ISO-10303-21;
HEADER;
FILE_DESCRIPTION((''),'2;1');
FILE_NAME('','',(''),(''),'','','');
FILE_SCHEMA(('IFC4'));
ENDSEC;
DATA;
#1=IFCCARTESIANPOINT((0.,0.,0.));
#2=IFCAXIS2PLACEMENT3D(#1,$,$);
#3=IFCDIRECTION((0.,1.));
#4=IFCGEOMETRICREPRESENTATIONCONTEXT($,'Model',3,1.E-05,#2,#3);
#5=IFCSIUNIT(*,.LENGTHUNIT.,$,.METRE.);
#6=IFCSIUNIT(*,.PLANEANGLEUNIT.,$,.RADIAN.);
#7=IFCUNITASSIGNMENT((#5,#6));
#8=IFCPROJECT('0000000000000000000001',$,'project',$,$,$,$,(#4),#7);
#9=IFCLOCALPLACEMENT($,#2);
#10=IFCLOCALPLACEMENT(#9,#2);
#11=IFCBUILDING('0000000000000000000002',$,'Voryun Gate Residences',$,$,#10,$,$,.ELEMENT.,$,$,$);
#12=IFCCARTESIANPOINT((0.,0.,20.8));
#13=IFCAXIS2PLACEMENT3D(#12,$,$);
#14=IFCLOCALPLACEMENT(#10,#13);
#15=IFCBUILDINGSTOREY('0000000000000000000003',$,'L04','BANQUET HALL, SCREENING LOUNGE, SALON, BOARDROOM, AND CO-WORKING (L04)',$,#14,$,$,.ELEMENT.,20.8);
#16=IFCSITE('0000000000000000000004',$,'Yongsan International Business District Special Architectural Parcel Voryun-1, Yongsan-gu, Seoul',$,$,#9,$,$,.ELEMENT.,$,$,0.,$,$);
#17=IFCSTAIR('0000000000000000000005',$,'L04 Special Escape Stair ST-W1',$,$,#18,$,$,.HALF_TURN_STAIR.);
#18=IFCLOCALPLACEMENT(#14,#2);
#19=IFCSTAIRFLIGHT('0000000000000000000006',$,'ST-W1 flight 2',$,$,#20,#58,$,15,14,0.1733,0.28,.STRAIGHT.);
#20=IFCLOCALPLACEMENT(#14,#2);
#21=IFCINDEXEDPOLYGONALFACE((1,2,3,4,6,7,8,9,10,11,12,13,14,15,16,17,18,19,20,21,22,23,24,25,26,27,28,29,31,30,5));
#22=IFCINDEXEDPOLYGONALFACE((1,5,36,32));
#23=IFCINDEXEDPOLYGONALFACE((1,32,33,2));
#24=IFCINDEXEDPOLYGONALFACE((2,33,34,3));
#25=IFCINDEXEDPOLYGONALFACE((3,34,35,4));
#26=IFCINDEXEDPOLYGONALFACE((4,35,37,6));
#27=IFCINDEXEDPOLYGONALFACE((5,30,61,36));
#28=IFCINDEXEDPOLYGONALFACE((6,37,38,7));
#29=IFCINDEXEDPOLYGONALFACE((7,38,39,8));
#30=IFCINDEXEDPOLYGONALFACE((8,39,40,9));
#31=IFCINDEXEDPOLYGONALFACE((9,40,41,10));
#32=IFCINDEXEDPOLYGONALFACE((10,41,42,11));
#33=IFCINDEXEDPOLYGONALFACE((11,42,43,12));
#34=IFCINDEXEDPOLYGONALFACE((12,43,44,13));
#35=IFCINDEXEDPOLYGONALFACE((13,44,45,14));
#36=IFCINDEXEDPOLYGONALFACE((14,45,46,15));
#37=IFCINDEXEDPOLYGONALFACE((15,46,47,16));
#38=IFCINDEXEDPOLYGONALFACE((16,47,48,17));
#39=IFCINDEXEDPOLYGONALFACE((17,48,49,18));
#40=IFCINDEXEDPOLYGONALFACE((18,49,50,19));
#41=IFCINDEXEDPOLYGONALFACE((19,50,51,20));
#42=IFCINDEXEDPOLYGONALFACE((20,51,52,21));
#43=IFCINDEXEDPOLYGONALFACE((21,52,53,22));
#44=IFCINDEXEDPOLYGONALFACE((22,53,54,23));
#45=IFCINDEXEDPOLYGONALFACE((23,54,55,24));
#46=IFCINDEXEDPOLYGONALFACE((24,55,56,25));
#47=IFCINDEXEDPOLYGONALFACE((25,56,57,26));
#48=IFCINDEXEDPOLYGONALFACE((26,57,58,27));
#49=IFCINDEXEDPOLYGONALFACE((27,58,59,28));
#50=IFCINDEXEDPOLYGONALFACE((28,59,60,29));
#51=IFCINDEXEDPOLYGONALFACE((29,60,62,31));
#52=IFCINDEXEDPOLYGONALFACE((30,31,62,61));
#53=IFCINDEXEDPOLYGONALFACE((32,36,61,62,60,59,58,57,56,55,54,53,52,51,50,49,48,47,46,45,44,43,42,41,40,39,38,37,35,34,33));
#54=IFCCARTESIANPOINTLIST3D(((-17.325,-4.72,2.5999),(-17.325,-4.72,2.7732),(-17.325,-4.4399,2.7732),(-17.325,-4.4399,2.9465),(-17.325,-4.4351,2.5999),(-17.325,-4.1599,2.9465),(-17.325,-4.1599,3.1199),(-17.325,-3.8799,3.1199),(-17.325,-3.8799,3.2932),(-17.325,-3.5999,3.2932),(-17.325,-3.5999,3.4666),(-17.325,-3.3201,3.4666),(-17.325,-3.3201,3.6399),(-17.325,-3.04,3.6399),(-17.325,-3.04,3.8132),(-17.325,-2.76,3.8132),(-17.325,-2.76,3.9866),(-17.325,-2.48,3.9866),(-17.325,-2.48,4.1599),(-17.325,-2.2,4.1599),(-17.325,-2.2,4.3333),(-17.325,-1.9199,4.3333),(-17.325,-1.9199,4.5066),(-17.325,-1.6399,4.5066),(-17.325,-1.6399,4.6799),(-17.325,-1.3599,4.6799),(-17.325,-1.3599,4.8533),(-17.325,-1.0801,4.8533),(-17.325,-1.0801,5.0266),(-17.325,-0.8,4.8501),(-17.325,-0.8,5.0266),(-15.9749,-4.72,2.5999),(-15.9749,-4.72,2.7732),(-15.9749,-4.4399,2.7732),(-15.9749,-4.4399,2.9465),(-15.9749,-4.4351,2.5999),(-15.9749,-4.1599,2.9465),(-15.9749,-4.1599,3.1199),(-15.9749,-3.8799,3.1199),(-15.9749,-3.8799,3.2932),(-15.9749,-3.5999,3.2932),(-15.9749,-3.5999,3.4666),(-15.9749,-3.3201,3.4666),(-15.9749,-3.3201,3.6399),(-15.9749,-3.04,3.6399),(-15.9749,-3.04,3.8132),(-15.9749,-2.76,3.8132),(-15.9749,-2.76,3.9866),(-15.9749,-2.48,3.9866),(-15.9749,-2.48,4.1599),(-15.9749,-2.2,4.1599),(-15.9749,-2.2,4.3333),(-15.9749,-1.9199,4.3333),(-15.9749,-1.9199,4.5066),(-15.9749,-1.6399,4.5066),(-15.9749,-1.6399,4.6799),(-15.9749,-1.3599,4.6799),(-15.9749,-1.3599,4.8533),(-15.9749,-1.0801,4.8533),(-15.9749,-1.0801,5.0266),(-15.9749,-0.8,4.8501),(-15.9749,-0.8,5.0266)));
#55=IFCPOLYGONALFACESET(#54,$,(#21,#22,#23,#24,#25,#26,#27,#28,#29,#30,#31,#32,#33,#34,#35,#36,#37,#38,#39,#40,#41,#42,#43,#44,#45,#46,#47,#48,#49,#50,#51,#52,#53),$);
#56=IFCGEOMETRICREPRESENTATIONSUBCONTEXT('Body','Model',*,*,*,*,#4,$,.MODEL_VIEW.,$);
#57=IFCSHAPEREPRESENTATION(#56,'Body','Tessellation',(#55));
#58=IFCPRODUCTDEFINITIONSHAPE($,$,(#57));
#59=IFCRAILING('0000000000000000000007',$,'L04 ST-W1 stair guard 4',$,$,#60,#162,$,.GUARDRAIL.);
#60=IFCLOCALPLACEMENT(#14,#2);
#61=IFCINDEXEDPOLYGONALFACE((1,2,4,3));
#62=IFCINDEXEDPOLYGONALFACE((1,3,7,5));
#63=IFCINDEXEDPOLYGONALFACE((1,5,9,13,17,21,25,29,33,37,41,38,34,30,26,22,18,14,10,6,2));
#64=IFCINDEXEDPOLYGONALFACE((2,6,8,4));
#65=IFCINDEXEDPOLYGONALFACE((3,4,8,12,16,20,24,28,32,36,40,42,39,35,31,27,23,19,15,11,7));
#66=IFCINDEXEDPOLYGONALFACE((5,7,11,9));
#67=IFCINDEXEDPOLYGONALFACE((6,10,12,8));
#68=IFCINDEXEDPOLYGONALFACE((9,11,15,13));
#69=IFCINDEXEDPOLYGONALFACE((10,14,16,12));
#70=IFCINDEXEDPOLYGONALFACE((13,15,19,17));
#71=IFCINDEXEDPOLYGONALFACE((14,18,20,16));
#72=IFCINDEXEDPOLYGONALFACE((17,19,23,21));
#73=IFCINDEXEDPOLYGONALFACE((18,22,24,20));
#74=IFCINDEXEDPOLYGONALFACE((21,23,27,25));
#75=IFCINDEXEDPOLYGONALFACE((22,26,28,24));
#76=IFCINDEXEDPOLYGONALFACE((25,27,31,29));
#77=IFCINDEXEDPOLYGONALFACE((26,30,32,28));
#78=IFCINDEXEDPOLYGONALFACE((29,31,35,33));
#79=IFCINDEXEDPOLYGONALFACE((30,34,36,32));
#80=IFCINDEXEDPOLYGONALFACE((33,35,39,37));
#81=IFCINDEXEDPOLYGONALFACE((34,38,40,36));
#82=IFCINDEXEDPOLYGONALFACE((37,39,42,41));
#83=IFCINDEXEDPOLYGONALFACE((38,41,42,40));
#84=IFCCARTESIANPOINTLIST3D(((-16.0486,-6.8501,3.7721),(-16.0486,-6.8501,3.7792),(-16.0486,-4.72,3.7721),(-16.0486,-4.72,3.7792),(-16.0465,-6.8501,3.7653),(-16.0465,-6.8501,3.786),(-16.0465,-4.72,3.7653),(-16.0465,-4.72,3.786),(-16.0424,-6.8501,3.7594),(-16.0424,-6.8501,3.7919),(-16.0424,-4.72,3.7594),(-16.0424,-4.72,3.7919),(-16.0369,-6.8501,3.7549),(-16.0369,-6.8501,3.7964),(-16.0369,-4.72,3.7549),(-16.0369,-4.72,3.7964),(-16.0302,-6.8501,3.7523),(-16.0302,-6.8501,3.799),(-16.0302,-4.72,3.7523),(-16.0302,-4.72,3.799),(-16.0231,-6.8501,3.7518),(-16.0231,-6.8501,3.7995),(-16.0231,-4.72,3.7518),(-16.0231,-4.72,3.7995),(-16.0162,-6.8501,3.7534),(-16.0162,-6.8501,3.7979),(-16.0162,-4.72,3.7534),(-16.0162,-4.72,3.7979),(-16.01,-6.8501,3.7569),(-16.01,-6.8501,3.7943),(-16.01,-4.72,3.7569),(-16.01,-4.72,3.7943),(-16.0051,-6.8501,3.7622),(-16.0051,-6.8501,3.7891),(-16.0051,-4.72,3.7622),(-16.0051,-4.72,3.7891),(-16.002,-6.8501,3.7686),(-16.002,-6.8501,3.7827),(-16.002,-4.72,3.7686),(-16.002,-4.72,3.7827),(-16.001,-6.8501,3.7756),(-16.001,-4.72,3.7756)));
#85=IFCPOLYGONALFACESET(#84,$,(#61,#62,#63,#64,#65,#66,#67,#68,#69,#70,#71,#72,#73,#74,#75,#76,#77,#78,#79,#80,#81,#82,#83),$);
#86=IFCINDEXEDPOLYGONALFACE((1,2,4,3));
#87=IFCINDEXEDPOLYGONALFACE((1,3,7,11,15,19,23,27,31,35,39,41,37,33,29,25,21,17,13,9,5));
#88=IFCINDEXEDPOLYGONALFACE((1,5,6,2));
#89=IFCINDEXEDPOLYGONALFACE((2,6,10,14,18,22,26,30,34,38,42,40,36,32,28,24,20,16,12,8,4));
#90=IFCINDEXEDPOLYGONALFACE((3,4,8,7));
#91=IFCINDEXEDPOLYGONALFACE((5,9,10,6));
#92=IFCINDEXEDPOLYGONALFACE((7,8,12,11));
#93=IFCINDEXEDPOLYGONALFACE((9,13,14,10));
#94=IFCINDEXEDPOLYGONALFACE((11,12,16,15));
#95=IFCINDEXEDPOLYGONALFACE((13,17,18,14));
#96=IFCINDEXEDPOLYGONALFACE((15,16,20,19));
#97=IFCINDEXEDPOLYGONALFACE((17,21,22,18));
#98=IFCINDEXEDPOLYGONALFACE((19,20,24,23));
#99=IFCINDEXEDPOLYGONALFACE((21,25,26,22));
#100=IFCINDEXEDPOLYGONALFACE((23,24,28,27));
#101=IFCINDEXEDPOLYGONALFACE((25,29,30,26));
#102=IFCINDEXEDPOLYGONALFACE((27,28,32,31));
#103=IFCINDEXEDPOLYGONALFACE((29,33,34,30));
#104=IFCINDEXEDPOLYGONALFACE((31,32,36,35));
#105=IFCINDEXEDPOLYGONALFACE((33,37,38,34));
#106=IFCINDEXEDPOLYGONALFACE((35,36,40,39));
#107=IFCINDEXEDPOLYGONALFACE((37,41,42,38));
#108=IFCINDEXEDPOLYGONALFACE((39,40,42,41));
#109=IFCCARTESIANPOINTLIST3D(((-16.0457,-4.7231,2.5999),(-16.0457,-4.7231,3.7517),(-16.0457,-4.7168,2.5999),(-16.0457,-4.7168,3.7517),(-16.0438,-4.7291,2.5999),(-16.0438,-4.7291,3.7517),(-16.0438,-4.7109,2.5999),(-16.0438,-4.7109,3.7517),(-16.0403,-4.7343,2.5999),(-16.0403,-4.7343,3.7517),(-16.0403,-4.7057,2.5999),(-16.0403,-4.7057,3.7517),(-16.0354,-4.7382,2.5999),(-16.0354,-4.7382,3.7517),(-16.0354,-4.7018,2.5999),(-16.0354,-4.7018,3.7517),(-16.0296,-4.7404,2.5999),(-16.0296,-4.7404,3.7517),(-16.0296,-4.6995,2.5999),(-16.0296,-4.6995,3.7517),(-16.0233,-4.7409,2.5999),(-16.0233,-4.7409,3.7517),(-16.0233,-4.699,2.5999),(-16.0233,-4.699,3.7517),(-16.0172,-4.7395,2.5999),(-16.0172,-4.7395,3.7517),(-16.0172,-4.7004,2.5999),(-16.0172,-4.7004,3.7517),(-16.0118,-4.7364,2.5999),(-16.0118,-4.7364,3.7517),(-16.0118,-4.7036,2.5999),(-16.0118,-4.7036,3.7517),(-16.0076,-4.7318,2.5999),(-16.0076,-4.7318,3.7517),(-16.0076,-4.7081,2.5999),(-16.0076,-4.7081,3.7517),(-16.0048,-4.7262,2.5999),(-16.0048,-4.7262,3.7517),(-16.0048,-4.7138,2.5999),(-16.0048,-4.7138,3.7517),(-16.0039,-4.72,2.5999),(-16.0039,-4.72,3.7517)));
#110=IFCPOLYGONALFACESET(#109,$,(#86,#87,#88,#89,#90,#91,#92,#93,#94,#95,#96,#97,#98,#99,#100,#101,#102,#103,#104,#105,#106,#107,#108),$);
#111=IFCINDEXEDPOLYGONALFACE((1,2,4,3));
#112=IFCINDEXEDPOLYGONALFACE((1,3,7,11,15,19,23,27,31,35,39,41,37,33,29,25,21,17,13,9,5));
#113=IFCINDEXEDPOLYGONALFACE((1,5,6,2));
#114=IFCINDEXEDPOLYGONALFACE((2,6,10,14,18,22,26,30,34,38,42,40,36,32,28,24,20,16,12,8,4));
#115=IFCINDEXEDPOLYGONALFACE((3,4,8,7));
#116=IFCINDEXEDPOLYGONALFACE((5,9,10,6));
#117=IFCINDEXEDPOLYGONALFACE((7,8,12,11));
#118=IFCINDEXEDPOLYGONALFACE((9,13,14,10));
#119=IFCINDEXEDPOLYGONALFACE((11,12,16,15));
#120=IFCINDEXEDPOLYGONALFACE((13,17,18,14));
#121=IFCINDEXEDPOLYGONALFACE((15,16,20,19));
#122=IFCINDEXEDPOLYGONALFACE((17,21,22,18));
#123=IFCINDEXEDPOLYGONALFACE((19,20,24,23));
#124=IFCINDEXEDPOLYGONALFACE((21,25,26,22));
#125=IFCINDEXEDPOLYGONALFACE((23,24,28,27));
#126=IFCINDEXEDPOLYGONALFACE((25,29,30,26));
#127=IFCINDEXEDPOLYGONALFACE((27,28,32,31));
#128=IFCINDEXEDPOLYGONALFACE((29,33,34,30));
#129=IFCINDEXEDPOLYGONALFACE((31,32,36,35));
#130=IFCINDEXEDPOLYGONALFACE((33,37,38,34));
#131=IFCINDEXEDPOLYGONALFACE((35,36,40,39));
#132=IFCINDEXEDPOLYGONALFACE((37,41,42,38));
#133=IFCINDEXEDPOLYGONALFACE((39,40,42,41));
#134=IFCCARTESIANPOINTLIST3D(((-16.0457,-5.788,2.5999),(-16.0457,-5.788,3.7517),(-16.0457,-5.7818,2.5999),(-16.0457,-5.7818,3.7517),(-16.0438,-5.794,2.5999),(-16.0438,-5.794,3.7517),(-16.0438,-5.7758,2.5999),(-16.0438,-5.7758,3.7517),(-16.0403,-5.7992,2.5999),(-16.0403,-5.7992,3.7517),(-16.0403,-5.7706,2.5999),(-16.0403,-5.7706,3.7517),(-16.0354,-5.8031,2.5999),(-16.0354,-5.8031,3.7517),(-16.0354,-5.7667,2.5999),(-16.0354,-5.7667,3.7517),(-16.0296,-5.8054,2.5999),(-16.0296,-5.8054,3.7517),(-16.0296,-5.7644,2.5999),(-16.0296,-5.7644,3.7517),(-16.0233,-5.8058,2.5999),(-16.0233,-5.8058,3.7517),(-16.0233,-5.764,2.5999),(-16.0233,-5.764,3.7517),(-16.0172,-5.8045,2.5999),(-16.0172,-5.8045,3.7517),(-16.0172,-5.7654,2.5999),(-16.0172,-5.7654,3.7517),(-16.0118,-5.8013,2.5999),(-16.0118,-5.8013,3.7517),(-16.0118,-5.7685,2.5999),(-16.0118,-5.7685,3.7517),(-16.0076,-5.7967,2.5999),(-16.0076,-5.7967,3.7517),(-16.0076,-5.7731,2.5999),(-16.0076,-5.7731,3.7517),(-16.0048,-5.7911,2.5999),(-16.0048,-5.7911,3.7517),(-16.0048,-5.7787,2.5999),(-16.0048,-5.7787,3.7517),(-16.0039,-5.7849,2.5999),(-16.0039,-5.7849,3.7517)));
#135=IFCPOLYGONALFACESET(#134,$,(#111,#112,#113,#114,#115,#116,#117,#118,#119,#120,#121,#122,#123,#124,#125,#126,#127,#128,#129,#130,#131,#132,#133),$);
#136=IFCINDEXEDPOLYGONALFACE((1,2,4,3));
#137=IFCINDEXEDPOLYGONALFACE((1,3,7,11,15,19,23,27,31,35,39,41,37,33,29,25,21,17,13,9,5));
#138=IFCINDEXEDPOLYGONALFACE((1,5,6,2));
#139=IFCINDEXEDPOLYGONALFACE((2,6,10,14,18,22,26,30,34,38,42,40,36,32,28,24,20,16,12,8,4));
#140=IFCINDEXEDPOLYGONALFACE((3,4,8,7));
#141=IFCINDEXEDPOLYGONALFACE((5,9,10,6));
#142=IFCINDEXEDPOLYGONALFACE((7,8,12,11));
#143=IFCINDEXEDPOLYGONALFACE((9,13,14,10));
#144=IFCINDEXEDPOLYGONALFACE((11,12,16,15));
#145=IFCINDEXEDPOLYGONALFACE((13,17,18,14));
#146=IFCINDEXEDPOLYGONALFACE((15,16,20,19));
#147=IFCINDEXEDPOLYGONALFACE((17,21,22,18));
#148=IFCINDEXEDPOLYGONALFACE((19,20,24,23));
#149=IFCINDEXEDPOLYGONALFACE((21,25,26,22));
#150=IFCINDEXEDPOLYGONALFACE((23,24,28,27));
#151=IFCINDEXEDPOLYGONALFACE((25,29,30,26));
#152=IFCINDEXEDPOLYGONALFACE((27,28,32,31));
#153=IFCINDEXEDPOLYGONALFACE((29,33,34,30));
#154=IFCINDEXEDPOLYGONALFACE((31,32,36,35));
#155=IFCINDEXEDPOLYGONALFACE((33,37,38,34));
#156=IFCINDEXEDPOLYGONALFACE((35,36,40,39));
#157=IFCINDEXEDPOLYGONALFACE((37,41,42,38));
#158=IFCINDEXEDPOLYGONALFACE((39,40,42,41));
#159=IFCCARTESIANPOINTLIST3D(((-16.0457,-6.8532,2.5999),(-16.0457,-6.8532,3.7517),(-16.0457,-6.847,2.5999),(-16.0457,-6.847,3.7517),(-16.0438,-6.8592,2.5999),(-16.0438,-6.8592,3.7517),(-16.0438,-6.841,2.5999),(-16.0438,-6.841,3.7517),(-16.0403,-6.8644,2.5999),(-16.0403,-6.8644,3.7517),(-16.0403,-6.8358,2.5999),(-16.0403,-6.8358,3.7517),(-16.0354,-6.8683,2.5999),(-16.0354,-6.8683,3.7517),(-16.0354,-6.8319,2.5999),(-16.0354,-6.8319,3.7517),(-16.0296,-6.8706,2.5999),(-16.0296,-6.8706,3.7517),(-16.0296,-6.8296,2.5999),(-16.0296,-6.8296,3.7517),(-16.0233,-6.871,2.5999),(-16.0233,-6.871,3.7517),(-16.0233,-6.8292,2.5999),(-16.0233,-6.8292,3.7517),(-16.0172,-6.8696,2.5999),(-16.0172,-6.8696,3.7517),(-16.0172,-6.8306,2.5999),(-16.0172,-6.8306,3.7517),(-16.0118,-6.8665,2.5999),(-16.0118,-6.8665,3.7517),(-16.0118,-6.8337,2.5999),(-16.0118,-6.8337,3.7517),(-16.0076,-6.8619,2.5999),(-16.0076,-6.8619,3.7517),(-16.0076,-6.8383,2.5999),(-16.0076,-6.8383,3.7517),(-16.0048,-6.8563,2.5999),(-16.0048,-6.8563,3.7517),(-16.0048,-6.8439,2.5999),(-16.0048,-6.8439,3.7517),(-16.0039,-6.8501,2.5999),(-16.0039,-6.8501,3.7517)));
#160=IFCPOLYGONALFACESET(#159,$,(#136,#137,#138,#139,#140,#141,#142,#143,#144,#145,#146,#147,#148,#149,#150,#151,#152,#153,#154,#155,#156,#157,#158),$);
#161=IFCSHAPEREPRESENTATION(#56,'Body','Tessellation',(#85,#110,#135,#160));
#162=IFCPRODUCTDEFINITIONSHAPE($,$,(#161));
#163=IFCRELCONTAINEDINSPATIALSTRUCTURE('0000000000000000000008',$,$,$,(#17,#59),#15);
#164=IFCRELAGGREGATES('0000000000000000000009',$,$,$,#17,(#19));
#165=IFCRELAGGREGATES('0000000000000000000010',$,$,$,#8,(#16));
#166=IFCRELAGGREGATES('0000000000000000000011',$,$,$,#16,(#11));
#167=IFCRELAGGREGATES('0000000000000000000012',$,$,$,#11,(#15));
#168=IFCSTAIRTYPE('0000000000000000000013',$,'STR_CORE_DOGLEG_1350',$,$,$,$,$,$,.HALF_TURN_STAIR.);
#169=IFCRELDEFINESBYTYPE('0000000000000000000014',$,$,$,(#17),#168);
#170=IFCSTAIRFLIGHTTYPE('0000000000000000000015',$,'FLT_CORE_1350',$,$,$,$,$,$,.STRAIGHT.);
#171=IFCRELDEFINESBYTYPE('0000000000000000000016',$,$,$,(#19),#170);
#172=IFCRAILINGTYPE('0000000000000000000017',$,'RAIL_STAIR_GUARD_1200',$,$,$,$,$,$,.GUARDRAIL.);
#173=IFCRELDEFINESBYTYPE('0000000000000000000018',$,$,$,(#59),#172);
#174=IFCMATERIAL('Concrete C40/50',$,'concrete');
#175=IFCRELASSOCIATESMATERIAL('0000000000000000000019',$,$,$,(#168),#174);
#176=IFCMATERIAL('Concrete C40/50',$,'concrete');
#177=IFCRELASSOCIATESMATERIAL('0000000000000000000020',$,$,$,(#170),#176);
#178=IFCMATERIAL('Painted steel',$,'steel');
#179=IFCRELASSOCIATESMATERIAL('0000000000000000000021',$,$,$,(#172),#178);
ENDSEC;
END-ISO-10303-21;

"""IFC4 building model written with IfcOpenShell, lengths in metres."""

from ifc_helpers import new_model, si_unit, direction, frame, origin, origin_2d, place, context, subcontext, project, spatial, polyline, circle, outline, extrude, material, type_object, element, aggregate, save


model = new_model("IFC4")

# Units and contexts
model_context = context("Model", 3, precision=1e-05, world=origin(), true_north=direction((0.0, 1.0)))
body_context = subcontext(model_context, "Body", "Model", "MODEL_VIEW")
ifc_project = project(units=[si_unit("LENGTHUNIT", "METRE"), si_unit("PLANEANGLEUNIT", "RADIAN")], contexts=[model_context])

# Site, building, storey
site_placement = place(None, origin())
site = spatial("IfcSite", under=ifc_project, at=site_placement, Name="Yongsan International Business District Special Architectural Parcel Voryun-1, Yongsan-gu, Seoul", CompositionType="ELEMENT", RefElevation=0.0)
building_placement = place(site_placement, origin())
building = spatial("IfcBuilding", under=site, at=building_placement, Name="Voryun Gate Residences", CompositionType="ELEMENT")
storey_placement = place(building_placement, frame((0.0, 0.0, 20.8)))
storey = spatial("IfcBuildingStorey", under=building, at=storey_placement, Name="L04", Description="BANQUET HALL, SCREENING LOUNGE, SALON, BOARDROOM, AND CO-WORKING (L04)", CompositionType="ELEMENT", Elevation=20.8)

# Stair, stair flight
ifc_material_1 = material(Name="Concrete C40/50", Category="concrete")
stair_type = type_object("IfcStairType", Name="STR_CORE_DOGLEG_1350", PredefinedType="HALF_TURN_STAIR", material=ifc_material_1)
stair_placement = place(storey_placement, origin())
stair = element("IfcStair", 1, at=stair_placement, inside=storey, type_object=stair_type, Name="L04 Special Escape Stair ST-W1", PredefinedType="HALF_TURN_STAIR")
ifc_material_2 = material(Name="Concrete C40/50", Category="concrete")
stair_flight_type = type_object("IfcStairFlightType", Name="FLT_CORE_1350", PredefinedType="STRAIGHT", material=ifc_material_2)
stair_flight_placement = place(storey_placement, frame((-16.6499, -4.72, 2.5999), z_axis=(0.0, 0.0, 1.0), x_axis=(0.0, 1.0, 0.0)))
stair_flight = element("IfcStairFlight", 2, at=stair_flight_placement, type_object=stair_flight_type, Name="ST-W1 flight 2", NumberOfRisers=15, NumberOfTreads=14, PredefinedType="STRAIGHT", RiserHeight=0.1733, TreadLength=0.28, context=body_context, shape_type="SweptSolid", body=[
    extrude(outline(polyline([(0.0, 0.0), (0.0, 0.1733), (0.28, 0.1733), (0.28, 0.3467), (0.5601, 0.3467), (0.5601, 0.52), (0.8401, 0.52), (0.8401, 0.6934), (1.1201, 0.6934), (1.1201, 0.8667), (1.3999, 0.8667), (1.3999, 1.04), (1.6799, 1.04), (1.6799, 1.2134), (1.96, 1.2134), (1.96, 1.3867), (2.24, 1.3867), (2.24, 1.5601), (2.52, 1.5601), (2.52, 1.7334), (2.8, 1.7334), (2.8, 1.9067), (3.0801, 1.9067), (3.0801, 2.0801), (3.3601, 2.0801), (3.3601, 2.2534), (3.6399, 2.2534), (3.6399, 2.4268), (3.9199, 2.4268), (3.9199, 2.6001), (3.9199, 2.2502), (0.2849, 0.0), (0.0, 0.0)])), frame((0.0, 0.675, 0.0), z_axis=(0.0, -1.0, 0.0), x_axis=(1.0, 0.0, 0.0)), (0.0, 0.0, 1.0), 1.3501),
])
aggregate(stair, [stair_flight])

# Railing
ifc_material_3 = material(Name="Painted steel", Category="steel")
railing_type_1 = type_object("IfcRailingType", Name="RAIL_STAIR_GUARD_1200", PredefinedType="GUARDRAIL", material=ifc_material_3)
railing_1_placement = place(storey_placement, frame((-16.0249, -4.72, 2.5999)))
element("IfcRailing", 3, at=railing_1_placement, inside=storey, type_object=railing_type_1, Name="L04 ST-W1 stair guard 4", PredefinedType="GUARDRAIL", context=body_context, shape_type="SweptSolid", body=[
    extrude(circle(Radius=0.0239, at=origin_2d()), frame((0.0, 0.0, 1.1758), z_axis=(0.0, -1.0, 0.0), x_axis=(1.0, 0.0, 0.0)), (0.0, 0.0, 1.0), 2.1301),
    extrude(circle(Radius=0.021, at=origin_2d()), origin(), (0.0, 0.0, 1.0), 1.1519),
    extrude(circle(Radius=0.021, at=origin_2d()), frame((0.0, -1.0649, 0.0)), (0.0, 0.0, 1.0), 1.1519),
    extrude(circle(Radius=0.021, at=origin_2d()), frame((0.0, -2.1301, 0.0)), (0.0, 0.0, 1.0), 1.1519),
])

save(model, "model.ifc")
